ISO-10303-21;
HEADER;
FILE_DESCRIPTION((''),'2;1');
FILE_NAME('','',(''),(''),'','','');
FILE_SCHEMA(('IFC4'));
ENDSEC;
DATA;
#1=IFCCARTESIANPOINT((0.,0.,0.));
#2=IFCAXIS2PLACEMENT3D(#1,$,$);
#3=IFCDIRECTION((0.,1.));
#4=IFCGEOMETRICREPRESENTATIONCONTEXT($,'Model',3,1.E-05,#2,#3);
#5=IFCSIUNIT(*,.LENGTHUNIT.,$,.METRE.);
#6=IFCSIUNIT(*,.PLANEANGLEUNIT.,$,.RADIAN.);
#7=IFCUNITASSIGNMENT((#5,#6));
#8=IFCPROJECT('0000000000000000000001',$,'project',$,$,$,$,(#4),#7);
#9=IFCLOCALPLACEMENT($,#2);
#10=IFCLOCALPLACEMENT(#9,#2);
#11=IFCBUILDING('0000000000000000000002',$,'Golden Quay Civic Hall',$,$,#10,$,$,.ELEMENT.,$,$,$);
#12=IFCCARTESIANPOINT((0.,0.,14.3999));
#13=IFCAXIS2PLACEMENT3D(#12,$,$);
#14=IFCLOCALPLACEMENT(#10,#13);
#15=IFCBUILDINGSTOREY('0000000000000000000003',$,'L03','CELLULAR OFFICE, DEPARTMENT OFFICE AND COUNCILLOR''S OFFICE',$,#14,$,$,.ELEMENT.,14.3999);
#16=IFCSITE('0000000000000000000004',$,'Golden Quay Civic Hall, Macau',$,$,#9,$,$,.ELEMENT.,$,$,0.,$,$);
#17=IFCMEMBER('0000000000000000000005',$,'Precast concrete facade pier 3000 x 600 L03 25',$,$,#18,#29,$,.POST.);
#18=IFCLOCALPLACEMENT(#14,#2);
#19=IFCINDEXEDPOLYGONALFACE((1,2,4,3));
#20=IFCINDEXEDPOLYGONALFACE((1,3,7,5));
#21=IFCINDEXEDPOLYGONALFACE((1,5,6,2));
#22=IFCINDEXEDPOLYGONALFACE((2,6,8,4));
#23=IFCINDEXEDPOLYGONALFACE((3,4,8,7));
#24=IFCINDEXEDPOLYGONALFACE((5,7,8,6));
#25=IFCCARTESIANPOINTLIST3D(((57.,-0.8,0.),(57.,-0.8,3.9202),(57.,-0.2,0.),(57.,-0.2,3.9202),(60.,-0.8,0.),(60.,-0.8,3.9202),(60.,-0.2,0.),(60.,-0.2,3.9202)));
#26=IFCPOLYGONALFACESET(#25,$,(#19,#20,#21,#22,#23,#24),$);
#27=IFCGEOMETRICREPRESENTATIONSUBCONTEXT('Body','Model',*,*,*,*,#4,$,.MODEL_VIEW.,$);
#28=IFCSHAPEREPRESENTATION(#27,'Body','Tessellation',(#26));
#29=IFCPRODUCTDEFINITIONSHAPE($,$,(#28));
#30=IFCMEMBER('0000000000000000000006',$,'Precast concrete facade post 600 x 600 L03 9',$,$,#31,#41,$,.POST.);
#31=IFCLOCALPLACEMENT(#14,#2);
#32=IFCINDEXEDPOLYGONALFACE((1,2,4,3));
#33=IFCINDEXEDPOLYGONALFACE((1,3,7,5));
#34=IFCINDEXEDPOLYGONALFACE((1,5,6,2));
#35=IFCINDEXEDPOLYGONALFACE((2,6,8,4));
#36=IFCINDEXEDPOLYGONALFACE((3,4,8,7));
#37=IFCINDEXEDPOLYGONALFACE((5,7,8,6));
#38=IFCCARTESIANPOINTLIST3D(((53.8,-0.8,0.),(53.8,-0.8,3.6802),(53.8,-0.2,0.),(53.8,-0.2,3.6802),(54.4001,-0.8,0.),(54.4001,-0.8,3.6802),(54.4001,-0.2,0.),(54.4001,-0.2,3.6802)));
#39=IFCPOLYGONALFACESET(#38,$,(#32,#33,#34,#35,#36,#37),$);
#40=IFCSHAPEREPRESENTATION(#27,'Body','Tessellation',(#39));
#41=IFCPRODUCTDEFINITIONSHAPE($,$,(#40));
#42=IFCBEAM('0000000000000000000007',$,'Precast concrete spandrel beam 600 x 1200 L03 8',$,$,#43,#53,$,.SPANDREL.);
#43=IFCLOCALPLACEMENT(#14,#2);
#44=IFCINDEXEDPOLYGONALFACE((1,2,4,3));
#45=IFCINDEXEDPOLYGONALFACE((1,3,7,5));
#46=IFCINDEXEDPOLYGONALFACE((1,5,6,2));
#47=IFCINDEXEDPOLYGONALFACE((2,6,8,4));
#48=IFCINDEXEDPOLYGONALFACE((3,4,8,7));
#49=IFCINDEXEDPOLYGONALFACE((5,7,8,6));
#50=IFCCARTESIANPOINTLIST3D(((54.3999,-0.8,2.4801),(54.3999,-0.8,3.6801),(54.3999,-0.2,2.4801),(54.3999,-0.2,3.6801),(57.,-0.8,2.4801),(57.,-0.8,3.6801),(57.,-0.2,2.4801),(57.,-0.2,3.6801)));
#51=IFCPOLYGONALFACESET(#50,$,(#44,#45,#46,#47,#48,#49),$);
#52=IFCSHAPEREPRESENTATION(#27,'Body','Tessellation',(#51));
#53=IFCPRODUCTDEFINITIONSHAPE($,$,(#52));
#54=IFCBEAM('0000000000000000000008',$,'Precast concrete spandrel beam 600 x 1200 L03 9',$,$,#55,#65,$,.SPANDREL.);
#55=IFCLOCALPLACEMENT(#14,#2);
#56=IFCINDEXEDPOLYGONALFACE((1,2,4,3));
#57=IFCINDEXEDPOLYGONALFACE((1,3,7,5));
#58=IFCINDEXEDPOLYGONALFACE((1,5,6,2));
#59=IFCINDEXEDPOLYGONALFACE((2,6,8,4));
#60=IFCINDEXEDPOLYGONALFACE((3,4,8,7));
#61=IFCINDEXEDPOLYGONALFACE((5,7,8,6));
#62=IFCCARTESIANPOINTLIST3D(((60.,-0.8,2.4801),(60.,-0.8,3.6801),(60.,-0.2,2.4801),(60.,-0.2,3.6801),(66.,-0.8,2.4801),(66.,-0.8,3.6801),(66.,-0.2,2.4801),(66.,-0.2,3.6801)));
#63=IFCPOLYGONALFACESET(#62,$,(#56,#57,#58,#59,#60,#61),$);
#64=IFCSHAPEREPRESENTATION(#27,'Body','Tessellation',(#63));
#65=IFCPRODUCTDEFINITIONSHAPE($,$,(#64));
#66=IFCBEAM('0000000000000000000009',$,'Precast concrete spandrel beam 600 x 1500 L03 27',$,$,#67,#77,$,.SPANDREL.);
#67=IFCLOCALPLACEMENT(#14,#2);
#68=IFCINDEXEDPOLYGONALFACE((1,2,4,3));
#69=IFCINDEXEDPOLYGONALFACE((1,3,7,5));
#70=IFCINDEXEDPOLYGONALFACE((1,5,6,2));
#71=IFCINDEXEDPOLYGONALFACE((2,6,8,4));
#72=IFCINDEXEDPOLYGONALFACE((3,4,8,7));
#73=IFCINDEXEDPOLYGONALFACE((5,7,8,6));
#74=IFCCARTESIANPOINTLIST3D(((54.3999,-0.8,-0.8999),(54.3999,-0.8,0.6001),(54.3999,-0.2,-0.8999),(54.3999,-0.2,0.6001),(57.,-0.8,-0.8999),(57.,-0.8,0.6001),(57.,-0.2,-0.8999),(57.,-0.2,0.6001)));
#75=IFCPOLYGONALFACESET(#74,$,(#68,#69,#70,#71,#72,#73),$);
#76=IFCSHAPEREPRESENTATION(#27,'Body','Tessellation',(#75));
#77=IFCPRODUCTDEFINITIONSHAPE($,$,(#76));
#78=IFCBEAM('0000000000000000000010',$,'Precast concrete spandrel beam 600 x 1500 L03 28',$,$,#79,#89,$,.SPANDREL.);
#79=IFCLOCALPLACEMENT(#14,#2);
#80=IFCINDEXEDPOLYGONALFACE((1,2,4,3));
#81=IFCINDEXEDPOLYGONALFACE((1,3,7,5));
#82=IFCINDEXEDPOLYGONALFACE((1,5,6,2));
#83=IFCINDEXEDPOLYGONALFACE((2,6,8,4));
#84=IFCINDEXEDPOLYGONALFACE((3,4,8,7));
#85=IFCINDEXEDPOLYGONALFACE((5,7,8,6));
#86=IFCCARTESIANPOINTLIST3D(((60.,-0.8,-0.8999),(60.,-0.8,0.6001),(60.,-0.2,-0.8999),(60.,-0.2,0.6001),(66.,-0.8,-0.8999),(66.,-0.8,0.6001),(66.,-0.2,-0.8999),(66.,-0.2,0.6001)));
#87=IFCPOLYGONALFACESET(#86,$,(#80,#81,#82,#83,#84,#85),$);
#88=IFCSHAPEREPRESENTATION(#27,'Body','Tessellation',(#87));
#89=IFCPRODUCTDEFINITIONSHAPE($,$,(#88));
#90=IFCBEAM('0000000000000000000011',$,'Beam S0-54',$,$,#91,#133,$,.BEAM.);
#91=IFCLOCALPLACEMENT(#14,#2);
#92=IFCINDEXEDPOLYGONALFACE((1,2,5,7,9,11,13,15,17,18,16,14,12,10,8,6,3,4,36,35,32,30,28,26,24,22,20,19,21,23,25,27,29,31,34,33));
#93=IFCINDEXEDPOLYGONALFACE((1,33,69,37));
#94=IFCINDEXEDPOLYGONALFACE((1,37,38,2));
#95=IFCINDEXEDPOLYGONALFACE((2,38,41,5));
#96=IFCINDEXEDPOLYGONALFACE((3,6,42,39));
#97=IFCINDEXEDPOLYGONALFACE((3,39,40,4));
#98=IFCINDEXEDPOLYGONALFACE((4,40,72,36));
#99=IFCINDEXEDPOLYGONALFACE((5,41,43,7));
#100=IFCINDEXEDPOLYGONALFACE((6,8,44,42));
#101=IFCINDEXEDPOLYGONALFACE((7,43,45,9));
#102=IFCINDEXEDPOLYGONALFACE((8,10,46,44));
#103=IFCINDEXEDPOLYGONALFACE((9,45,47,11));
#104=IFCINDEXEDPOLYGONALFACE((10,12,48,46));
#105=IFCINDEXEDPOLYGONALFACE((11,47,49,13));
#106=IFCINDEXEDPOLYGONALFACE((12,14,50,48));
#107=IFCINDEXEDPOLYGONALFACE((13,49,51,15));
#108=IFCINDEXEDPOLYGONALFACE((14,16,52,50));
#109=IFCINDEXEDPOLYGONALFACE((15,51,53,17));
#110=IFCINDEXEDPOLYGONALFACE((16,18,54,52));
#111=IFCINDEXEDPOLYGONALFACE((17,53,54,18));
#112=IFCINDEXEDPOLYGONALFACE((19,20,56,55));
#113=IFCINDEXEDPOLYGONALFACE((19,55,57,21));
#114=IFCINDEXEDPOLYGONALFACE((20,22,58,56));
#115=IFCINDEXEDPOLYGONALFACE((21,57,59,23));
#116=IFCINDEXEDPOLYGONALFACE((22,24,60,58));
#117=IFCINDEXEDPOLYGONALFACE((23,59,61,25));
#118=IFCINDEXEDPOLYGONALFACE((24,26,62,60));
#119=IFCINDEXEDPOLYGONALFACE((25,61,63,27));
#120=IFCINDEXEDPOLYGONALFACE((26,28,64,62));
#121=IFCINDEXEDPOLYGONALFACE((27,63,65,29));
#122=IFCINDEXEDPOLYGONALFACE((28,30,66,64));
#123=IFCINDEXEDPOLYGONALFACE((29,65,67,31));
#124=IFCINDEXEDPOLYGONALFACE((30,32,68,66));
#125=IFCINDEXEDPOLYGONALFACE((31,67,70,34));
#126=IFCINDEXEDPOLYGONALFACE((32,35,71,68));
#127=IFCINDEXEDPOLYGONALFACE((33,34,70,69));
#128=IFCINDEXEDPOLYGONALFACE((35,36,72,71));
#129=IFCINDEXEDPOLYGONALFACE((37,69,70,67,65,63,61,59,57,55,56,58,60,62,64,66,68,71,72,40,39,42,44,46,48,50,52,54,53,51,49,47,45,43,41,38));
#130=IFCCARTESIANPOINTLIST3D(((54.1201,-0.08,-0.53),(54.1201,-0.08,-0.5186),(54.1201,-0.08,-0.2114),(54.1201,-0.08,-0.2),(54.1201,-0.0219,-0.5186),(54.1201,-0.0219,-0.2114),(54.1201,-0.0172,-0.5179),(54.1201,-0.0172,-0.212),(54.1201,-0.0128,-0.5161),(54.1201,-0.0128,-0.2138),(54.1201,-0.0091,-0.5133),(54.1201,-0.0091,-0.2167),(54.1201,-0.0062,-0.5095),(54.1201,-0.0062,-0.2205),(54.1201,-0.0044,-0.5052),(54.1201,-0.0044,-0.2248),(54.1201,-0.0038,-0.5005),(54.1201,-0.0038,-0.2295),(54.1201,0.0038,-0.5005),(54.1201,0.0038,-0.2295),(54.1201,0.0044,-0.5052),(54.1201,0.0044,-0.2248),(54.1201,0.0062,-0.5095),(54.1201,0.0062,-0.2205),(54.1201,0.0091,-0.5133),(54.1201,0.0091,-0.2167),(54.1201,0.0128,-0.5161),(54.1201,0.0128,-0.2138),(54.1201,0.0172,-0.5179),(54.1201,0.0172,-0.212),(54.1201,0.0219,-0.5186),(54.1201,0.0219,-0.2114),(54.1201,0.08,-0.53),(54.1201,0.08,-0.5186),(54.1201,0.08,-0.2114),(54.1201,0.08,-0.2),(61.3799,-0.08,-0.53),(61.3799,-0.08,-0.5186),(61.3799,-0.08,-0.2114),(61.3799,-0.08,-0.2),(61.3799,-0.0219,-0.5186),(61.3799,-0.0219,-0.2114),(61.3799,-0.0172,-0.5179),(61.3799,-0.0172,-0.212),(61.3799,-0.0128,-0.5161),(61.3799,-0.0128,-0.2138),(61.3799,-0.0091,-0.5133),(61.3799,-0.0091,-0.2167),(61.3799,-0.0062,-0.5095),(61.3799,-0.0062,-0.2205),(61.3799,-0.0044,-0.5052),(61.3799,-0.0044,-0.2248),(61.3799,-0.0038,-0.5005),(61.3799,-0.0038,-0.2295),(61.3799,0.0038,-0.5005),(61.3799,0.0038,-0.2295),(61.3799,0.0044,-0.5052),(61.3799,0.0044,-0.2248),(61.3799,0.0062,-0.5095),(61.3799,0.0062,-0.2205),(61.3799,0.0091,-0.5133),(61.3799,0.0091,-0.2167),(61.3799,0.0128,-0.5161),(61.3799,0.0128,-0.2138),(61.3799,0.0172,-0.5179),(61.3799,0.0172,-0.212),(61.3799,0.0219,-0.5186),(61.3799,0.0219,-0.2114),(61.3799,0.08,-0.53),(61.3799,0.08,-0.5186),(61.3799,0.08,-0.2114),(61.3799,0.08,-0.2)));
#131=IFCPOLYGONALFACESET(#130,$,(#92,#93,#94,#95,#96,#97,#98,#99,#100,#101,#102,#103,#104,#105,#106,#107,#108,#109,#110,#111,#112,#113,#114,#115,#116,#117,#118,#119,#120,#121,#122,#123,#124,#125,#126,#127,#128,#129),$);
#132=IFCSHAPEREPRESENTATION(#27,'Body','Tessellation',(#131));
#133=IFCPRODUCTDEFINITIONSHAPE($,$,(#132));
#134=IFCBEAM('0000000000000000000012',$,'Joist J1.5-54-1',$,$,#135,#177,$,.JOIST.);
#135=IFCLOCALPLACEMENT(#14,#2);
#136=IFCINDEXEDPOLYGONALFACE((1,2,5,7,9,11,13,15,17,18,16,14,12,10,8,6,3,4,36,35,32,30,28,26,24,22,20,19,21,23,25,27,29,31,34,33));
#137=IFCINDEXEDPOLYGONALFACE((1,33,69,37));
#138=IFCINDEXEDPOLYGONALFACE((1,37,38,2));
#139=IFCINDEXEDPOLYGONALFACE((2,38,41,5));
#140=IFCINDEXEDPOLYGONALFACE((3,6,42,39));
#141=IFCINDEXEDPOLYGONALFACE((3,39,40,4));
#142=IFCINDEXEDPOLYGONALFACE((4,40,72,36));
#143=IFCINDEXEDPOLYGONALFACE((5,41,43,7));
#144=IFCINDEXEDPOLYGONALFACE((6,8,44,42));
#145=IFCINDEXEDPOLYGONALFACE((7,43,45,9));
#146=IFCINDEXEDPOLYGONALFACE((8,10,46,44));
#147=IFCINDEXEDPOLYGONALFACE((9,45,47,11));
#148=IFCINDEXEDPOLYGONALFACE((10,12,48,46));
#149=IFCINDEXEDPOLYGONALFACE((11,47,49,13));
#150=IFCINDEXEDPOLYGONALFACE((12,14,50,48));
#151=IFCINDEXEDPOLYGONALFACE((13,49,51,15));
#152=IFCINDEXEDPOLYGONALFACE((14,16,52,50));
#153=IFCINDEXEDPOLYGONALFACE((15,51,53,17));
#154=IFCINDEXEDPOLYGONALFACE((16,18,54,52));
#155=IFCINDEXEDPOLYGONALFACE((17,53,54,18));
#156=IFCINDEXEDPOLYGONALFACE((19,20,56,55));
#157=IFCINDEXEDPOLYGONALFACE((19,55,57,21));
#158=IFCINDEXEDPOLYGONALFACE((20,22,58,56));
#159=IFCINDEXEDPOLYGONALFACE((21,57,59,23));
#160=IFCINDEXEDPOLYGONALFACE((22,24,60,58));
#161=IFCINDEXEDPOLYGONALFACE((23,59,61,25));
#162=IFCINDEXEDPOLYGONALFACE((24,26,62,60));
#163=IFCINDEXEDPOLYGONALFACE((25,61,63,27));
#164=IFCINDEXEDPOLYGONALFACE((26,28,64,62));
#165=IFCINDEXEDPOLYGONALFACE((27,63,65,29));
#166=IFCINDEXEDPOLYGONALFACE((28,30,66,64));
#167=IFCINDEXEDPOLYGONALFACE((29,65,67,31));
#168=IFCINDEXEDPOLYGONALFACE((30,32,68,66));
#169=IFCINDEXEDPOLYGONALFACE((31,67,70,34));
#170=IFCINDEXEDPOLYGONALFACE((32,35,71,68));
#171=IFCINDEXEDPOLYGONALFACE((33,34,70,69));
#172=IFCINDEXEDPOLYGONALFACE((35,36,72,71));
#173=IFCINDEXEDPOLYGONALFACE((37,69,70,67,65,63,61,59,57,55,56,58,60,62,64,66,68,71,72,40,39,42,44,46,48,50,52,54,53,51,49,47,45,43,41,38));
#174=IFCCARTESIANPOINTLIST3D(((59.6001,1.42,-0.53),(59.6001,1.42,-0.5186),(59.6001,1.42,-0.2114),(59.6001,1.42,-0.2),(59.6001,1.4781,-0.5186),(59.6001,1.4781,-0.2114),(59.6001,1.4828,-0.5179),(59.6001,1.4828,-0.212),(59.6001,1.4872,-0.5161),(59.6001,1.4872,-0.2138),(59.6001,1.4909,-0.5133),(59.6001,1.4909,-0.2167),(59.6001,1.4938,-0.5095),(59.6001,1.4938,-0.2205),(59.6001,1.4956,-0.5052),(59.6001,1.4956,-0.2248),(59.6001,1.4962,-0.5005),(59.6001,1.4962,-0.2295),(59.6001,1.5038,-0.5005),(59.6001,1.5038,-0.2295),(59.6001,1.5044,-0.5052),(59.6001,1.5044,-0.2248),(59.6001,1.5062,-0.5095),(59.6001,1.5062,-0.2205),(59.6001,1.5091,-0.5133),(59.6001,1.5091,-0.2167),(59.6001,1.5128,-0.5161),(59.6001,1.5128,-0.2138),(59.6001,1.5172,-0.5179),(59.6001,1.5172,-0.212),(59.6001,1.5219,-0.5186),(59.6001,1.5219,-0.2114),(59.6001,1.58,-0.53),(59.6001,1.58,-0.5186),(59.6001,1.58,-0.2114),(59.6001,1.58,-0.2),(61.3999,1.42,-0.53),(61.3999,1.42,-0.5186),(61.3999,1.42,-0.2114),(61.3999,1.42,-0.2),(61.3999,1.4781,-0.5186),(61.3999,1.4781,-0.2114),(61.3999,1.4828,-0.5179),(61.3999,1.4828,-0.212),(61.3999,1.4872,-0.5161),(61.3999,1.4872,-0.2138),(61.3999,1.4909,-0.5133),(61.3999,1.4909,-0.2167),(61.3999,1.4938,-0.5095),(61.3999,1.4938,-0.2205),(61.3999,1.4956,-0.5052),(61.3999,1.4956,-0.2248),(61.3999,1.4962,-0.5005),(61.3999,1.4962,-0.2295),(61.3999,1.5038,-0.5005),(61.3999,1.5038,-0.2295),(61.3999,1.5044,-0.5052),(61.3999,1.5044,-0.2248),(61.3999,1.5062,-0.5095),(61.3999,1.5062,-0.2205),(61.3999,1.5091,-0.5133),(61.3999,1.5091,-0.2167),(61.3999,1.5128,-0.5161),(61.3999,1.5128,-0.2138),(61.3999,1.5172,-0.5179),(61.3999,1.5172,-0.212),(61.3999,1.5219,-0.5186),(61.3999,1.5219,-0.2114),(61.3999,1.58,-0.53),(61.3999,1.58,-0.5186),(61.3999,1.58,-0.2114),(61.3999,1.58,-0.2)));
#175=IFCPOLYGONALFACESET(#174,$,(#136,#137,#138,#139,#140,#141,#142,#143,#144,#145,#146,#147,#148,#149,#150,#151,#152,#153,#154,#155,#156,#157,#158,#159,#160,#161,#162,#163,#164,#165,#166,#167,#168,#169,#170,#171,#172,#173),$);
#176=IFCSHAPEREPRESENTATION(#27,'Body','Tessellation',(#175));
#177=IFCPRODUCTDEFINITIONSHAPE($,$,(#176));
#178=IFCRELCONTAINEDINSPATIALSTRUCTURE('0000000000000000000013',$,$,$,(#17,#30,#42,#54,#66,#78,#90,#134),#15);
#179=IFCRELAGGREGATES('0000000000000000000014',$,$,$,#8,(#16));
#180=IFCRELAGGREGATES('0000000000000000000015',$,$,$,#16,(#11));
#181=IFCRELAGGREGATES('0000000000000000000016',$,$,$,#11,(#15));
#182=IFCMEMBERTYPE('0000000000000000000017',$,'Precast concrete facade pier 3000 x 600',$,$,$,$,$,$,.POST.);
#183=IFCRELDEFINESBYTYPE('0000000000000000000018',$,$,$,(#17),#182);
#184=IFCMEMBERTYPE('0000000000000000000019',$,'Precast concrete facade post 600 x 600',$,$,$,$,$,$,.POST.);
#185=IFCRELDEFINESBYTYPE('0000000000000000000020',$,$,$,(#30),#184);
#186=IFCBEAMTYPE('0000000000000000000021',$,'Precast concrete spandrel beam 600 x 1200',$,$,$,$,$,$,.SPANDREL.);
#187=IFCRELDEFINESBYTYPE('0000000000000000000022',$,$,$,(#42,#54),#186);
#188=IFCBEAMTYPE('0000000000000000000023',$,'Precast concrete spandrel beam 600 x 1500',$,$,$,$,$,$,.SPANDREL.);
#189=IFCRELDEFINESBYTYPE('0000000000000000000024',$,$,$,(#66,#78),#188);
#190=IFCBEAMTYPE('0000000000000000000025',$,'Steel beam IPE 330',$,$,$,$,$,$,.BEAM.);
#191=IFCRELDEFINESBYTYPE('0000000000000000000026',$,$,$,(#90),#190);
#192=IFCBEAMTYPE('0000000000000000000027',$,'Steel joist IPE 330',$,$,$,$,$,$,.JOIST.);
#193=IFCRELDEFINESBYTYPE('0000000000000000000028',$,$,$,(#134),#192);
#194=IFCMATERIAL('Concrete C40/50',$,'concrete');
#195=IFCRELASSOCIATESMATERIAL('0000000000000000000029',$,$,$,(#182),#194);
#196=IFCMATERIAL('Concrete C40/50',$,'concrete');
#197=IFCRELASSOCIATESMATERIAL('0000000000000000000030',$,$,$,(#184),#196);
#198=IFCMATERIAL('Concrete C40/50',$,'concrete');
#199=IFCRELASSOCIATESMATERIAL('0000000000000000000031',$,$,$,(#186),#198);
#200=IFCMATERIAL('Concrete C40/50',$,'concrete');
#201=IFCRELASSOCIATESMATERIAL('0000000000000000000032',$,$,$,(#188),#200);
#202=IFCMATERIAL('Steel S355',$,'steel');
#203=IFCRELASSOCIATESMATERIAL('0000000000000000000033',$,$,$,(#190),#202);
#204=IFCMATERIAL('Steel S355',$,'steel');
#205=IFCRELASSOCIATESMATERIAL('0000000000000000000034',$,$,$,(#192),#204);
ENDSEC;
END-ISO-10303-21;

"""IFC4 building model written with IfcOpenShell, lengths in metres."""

from ifc_helpers import new_model, si_unit, direction, frame, origin, origin_2d, place, context, subcontext, project, spatial, rectangle, i_section, extrude, material, material_profile, profile_set, type_object, element, save


model = new_model("IFC4")

# Units and contexts
model_context = context("Model", 3, precision=1e-05, world=origin(), true_north=direction((0.0, 1.0)))
body_context = subcontext(model_context, "Body", "Model", "MODEL_VIEW")
ifc_project = project(units=[si_unit("LENGTHUNIT", "METRE"), si_unit("PLANEANGLEUNIT", "RADIAN")], contexts=[model_context])

# Site, building, storey
site_placement = place(None, origin())
site = spatial("IfcSite", under=ifc_project, at=site_placement, Name="Golden Quay Civic Hall, Macau", CompositionType="ELEMENT", RefElevation=0.0)
building_placement = place(site_placement, origin())
building = spatial("IfcBuilding", under=site, at=building_placement, Name="Golden Quay Civic Hall", CompositionType="ELEMENT")
storey_placement = place(building_placement, frame((0.0, 0.0, 14.3999)))
storey = spatial("IfcBuildingStorey", under=building, at=storey_placement, Name="L03", Description="CELLULAR OFFICE, DEPARTMENT OFFICE AND COUNCILLOR'S OFFICE", CompositionType="ELEMENT", Elevation=14.3999)

# Members
ifc_material_1 = material(Name="Concrete C40/50", Category="concrete")
ifc_material_profile_1 = material_profile(ifc_material_1, rectangle(XDim=3.0, YDim=0.6001, at=origin_2d()), Name="RC 3000x600")
ifc_profile_set_1 = profile_set([ifc_material_profile_1], Name="Concrete C40/50")
member_type_1 = type_object("IfcMemberType", Name="Precast concrete facade pier 3000 x 600", PredefinedType="POST", material=ifc_profile_set_1)
member_1_placement = place(storey_placement, frame((58.5, -0.5, 0.0), z_axis=(0.0, 0.0, 1.0), x_axis=(1.0, 0.0, 0.0)))
element("IfcMember", 1, at=member_1_placement, inside=storey, type_object=member_type_1, Name="Precast concrete facade pier 3000 x 600 L03 25", PredefinedType="POST", context=body_context, shape_type="SweptSolid", body=[
    extrude(rectangle(XDim=3.0, YDim=0.6001, at=origin_2d()), origin(), (0.0, 0.0, 1.0), 3.9202),
])
ifc_material_2 = material(Name="Concrete C40/50", Category="concrete")
ifc_material_profile_2 = material_profile(ifc_material_2, rectangle(XDim=0.6001, YDim=0.6001, at=origin_2d()), Name="RC 600x600")
ifc_profile_set_2 = profile_set([ifc_material_profile_2], Name="Concrete C40/50")
member_type_2 = type_object("IfcMemberType", Name="Precast concrete facade post 600 x 600", PredefinedType="POST", material=ifc_profile_set_2)
member_2_placement = place(storey_placement, frame((54.1001, -0.5, 0.0), z_axis=(0.0, 0.0, 1.0), x_axis=(1.0, 0.0, 0.0)))
element("IfcMember", 2, at=member_2_placement, inside=storey, type_object=member_type_2, Name="Precast concrete facade post 600 x 600 L03 9", PredefinedType="POST", context=body_context, shape_type="SweptSolid", body=[
    extrude(rectangle(XDim=0.6001, YDim=0.6001, at=origin_2d()), origin(), (0.0, 0.0, 1.0), 3.6802),
])

# Beams
ifc_material_3 = material(Name="Concrete C40/50", Category="concrete")
ifc_material_profile_3 = material_profile(ifc_material_3, rectangle(XDim=0.6001, YDim=1.2, at=origin_2d()), Name="RC 600x1200")
ifc_profile_set_3 = profile_set([ifc_material_profile_3], Name="Concrete C40/50")
beam_type_1 = type_object("IfcBeamType", Name="Precast concrete spandrel beam 600 x 1200", PredefinedType="SPANDREL", material=ifc_profile_set_3)
beam_1_placement = place(storey_placement, frame((54.3999, -0.5, 3.0801), z_axis=(1.0, 0.0, 0.0), x_axis=(0.0, 1.0, 0.0)))
element("IfcBeam", 3, at=beam_1_placement, inside=storey, type_object=beam_type_1, Name="Precast concrete spandrel beam 600 x 1200 L03 8", PredefinedType="SPANDREL", context=body_context, shape_type="SweptSolid", body=[
    extrude(rectangle(XDim=0.6001, YDim=1.2, at=origin_2d()), origin(), (0.0, 0.0, 1.0), 2.6001),
])
beam_2_placement = place(storey_placement, frame((60.0, -0.5, 3.0801), z_axis=(1.0, 0.0, 0.0), x_axis=(0.0, 1.0, 0.0)))
element("IfcBeam", 4, at=beam_2_placement, inside=storey, type_object=beam_type_1, Name="Precast concrete spandrel beam 600 x 1200 L03 9", PredefinedType="SPANDREL", context=body_context, shape_type="SweptSolid", body=[
    extrude(rectangle(XDim=0.6001, YDim=1.2, at=origin_2d()), origin(), (0.0, 0.0, 1.0), 6.0),
])
ifc_material_4 = material(Name="Concrete C40/50", Category="concrete")
ifc_material_profile_4 = material_profile(ifc_material_4, rectangle(XDim=0.6001, YDim=1.5, at=origin_2d()), Name="RC 600x1500")
ifc_profile_set_4 = profile_set([ifc_material_profile_4], Name="Concrete C40/50")
beam_type_2 = type_object("IfcBeamType", Name="Precast concrete spandrel beam 600 x 1500", PredefinedType="SPANDREL", material=ifc_profile_set_4)
beam_3_placement = place(storey_placement, frame((54.3999, -0.5, -0.1499), z_axis=(1.0, 0.0, 0.0), x_axis=(0.0, 1.0, 0.0)))
element("IfcBeam", 5, at=beam_3_placement, inside=storey, type_object=beam_type_2, Name="Precast concrete spandrel beam 600 x 1500 L03 27", PredefinedType="SPANDREL", context=body_context, shape_type="SweptSolid", body=[
    extrude(rectangle(XDim=0.6001, YDim=1.5, at=origin_2d()), origin(), (0.0, 0.0, 1.0), 2.6001),
])
beam_4_placement = place(storey_placement, frame((60.0, -0.5, -0.1499), z_axis=(1.0, 0.0, 0.0), x_axis=(0.0, 1.0, 0.0)))
element("IfcBeam", 6, at=beam_4_placement, inside=storey, type_object=beam_type_2, Name="Precast concrete spandrel beam 600 x 1500 L03 28", PredefinedType="SPANDREL", context=body_context, shape_type="SweptSolid", body=[
    extrude(rectangle(XDim=0.6001, YDim=1.5, at=origin_2d()), origin(), (0.0, 0.0, 1.0), 6.0),
])
ifc_material_5 = material(Name="Steel S355", Category="steel")
ifc_material_profile_5 = material_profile(ifc_material_5, i_section(OverallWidth=0.1599, OverallDepth=0.3301, WebThickness=0.0076, FlangeThickness=0.0115, FilletRadius=0.0181, at=origin_2d()), Name="IPE 330")
ifc_profile_set_5 = profile_set([ifc_material_profile_5], Name="Steel S355")
beam_type_3 = type_object("IfcBeamType", Name="Steel beam IPE 330", PredefinedType="BEAM", material=ifc_profile_set_5)
beam_5_placement = place(storey_placement, frame((54.1201, 0.0, -0.365), z_axis=(1.0, 0.0, 0.0), x_axis=(0.0, 1.0, 0.0)))
element("IfcBeam", 7, at=beam_5_placement, inside=storey, type_object=beam_type_3, Name="Beam S0-54", PredefinedType="BEAM", context=body_context, shape_type="SweptSolid", body=[
    extrude(i_section(OverallWidth=0.1599, OverallDepth=0.3301, WebThickness=0.0076, FlangeThickness=0.0115, FilletRadius=0.0181, at=origin_2d()), origin(), (0.0, 0.0, 1.0), 7.2598),
])
ifc_material_6 = material(Name="Steel S355", Category="steel")
ifc_material_profile_6 = material_profile(ifc_material_6, i_section(OverallWidth=0.1599, OverallDepth=0.3301, WebThickness=0.0076, FlangeThickness=0.0115, FilletRadius=0.0181, at=origin_2d()), Name="IPE 330")
ifc_profile_set_6 = profile_set([ifc_material_profile_6], Name="Steel S355")
beam_type_4 = type_object("IfcBeamType", Name="Steel joist IPE 330", PredefinedType="JOIST", material=ifc_profile_set_6)
beam_6_placement = place(storey_placement, frame((59.6001, 1.5, -0.365), z_axis=(1.0, 0.0, 0.0), x_axis=(0.0, 1.0, 0.0)))
element("IfcBeam", 8, at=beam_6_placement, inside=storey, type_object=beam_type_4, Name="Joist J1.5-54-1", PredefinedType="JOIST", context=body_context, shape_type="SweptSolid", body=[
    extrude(i_section(OverallWidth=0.1599, OverallDepth=0.3301, WebThickness=0.0076, FlangeThickness=0.0115, FilletRadius=0.0181, at=origin_2d()), origin(), (0.0, 0.0, 1.0), 1.7998),
])

save(model, "model.ifc")
